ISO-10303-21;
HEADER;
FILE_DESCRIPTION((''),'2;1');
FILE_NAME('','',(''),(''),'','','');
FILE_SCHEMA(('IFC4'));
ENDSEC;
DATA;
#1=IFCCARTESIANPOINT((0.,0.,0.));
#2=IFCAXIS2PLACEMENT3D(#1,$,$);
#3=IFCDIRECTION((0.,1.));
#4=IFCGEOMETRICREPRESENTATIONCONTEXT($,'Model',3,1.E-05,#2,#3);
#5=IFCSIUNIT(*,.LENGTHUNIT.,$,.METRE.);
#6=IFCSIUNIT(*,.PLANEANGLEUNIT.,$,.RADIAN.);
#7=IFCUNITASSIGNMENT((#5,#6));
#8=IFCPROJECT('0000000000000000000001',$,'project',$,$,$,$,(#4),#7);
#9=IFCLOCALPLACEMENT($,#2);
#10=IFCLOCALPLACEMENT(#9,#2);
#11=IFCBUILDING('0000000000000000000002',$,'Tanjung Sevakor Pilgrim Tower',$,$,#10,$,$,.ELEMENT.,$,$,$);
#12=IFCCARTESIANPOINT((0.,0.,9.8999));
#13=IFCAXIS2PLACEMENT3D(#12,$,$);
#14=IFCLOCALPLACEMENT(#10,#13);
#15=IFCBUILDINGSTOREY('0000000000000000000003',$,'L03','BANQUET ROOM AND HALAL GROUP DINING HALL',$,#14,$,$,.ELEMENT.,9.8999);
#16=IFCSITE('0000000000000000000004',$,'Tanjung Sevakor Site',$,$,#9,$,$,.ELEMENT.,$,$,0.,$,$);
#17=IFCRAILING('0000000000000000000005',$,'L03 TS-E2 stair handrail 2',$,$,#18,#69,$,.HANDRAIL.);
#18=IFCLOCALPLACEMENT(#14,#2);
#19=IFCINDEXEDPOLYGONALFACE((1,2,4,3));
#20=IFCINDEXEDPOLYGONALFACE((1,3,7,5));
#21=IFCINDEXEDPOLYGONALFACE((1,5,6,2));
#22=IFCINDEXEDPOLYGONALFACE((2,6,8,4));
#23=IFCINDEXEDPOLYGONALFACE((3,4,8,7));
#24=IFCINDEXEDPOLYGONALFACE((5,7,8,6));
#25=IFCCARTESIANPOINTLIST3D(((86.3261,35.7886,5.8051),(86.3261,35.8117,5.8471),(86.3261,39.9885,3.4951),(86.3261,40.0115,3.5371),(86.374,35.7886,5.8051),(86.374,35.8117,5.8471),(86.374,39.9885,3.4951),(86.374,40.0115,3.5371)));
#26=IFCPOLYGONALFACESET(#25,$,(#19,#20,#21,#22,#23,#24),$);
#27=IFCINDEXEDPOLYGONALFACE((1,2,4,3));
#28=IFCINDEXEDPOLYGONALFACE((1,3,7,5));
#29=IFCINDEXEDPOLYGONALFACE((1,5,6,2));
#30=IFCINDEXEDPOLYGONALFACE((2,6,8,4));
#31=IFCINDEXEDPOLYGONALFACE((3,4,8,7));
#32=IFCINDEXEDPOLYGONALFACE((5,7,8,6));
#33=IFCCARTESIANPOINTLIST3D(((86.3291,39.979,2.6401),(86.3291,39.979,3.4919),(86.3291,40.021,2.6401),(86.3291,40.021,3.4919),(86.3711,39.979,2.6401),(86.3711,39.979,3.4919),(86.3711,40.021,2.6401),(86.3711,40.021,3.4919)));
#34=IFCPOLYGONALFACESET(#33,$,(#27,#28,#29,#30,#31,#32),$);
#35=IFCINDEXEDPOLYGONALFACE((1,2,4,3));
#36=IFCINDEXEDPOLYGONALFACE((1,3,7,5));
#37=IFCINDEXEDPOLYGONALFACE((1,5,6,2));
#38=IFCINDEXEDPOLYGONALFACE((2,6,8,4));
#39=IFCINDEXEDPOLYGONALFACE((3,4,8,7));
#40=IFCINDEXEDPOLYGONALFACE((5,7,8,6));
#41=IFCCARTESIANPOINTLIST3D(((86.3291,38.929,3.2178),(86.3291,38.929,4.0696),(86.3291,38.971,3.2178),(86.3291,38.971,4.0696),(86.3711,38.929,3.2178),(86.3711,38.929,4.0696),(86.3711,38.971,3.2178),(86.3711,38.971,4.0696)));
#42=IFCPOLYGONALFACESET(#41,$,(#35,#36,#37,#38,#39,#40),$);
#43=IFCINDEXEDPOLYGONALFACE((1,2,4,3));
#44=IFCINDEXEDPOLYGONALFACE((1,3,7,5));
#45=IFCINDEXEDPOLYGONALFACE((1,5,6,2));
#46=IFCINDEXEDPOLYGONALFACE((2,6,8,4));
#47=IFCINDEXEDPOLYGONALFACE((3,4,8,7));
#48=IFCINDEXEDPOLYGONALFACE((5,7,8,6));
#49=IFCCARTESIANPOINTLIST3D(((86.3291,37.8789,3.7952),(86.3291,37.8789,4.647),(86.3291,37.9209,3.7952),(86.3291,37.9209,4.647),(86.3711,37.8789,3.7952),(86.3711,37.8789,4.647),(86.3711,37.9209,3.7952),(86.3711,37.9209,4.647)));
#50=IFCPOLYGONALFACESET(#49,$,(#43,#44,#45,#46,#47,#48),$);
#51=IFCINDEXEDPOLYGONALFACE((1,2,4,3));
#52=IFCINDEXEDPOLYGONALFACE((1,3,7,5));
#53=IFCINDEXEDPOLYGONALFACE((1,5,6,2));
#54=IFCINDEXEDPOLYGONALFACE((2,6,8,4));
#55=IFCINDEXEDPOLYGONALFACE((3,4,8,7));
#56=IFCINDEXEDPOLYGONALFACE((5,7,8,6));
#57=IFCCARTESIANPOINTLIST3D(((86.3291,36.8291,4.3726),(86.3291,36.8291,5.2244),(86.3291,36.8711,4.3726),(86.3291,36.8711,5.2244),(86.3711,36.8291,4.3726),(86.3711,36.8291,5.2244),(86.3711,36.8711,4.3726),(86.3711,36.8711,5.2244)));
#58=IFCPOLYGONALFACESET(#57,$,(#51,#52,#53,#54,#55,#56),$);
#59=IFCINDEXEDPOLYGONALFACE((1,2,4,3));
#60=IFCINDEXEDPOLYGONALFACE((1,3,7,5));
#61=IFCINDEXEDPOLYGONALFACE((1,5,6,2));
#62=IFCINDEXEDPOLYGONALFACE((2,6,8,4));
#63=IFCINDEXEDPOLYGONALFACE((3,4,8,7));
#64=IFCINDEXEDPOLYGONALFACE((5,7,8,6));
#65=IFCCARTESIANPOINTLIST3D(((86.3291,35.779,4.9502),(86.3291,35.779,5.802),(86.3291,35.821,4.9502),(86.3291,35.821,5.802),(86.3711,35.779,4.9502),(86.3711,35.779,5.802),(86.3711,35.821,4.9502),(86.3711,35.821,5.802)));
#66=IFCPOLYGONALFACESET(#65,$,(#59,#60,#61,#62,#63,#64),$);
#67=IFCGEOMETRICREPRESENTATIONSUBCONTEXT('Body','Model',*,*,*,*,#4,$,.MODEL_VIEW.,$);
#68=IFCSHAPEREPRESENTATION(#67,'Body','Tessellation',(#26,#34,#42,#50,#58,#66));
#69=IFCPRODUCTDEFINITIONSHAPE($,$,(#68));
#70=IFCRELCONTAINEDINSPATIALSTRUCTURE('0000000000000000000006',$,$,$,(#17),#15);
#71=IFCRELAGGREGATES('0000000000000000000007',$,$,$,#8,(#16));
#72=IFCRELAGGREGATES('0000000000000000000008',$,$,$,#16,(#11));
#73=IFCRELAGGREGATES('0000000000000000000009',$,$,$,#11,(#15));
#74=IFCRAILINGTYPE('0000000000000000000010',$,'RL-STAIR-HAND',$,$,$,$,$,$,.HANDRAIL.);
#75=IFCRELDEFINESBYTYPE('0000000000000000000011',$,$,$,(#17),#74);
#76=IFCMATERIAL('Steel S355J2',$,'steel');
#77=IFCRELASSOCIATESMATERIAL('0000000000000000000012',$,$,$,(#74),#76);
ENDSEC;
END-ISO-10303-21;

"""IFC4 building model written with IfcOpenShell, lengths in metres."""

from ifc_helpers import new_model, si_unit, direction, frame, origin, place, context, subcontext, project, spatial, rectangle, extrude, material, type_object, element, save


model = new_model("IFC4")

# Units and contexts
model_context = context("Model", 3, precision=1e-05, world=origin(), true_north=direction((0.0, 1.0)))
body_context = subcontext(model_context, "Body", "Model", "MODEL_VIEW")
ifc_project = project(units=[si_unit("LENGTHUNIT", "METRE"), si_unit("PLANEANGLEUNIT", "RADIAN")], contexts=[model_context])

# Site, building, storey
site_placement = place(None, origin())
site = spatial("IfcSite", under=ifc_project, at=site_placement, Name="Tanjung Sevakor Site", CompositionType="ELEMENT", RefElevation=0.0)
building_placement = place(site_placement, origin())
building = spatial("IfcBuilding", under=site, at=building_placement, Name="Tanjung Sevakor Pilgrim Tower", CompositionType="ELEMENT")
storey_placement = place(building_placement, frame((0.0, 0.0, 9.8999)))
storey = spatial("IfcBuildingStorey", under=building, at=storey_placement, Name="L03", Description="BANQUET ROOM AND HALAL GROUP DINING HALL", CompositionType="ELEMENT", Elevation=9.8999)

# Railing
ifc_material_1 = material(Name="Steel S355J2", Category="steel")
railing_type_1 = type_object("IfcRailingType", Name="RL-STAIR-HAND", PredefinedType="HANDRAIL", material=ifc_material_1)
railing_1_placement = place(storey_placement, frame((86.3501, 40.0, 2.6401)))
element("IfcRailing", 1, at=railing_1_placement, inside=storey, type_object=railing_type_1, Name="L03 TS-E2 stair handrail 2", PredefinedType="HANDRAIL", context=body_context, shape_type="SweptSolid", body=[
    extrude(rectangle(XDim=0.0479, YDim=0.0479), frame((0.0, 0.0, 0.876), z_axis=(0.0, -0.876208, 0.481932), x_axis=(1.0, 0.0, 0.0)), (0.0, 0.0, 1.0), 4.7932),
    extrude(rectangle(XDim=0.042, YDim=0.042), origin(), (0.0, 0.0, 1.0), 0.8518),
    extrude(rectangle(XDim=0.042, YDim=0.042), frame((0.0, -1.05, 0.5776)), (0.0, 0.0, 1.0), 0.8518),
    extrude(rectangle(XDim=0.042, YDim=0.042), frame((0.0, -2.1001, 1.155)), (0.0, 0.0, 1.0), 0.8518),
    extrude(rectangle(XDim=0.042, YDim=0.042), frame((0.0, -3.1499, 1.7324)), (0.0, 0.0, 1.0), 0.8518),
    extrude(rectangle(XDim=0.042, YDim=0.042), frame((0.0, -4.2, 2.3101)), (0.0, 0.0, 1.0), 0.8518),
])

save(model, "model.ifc")
